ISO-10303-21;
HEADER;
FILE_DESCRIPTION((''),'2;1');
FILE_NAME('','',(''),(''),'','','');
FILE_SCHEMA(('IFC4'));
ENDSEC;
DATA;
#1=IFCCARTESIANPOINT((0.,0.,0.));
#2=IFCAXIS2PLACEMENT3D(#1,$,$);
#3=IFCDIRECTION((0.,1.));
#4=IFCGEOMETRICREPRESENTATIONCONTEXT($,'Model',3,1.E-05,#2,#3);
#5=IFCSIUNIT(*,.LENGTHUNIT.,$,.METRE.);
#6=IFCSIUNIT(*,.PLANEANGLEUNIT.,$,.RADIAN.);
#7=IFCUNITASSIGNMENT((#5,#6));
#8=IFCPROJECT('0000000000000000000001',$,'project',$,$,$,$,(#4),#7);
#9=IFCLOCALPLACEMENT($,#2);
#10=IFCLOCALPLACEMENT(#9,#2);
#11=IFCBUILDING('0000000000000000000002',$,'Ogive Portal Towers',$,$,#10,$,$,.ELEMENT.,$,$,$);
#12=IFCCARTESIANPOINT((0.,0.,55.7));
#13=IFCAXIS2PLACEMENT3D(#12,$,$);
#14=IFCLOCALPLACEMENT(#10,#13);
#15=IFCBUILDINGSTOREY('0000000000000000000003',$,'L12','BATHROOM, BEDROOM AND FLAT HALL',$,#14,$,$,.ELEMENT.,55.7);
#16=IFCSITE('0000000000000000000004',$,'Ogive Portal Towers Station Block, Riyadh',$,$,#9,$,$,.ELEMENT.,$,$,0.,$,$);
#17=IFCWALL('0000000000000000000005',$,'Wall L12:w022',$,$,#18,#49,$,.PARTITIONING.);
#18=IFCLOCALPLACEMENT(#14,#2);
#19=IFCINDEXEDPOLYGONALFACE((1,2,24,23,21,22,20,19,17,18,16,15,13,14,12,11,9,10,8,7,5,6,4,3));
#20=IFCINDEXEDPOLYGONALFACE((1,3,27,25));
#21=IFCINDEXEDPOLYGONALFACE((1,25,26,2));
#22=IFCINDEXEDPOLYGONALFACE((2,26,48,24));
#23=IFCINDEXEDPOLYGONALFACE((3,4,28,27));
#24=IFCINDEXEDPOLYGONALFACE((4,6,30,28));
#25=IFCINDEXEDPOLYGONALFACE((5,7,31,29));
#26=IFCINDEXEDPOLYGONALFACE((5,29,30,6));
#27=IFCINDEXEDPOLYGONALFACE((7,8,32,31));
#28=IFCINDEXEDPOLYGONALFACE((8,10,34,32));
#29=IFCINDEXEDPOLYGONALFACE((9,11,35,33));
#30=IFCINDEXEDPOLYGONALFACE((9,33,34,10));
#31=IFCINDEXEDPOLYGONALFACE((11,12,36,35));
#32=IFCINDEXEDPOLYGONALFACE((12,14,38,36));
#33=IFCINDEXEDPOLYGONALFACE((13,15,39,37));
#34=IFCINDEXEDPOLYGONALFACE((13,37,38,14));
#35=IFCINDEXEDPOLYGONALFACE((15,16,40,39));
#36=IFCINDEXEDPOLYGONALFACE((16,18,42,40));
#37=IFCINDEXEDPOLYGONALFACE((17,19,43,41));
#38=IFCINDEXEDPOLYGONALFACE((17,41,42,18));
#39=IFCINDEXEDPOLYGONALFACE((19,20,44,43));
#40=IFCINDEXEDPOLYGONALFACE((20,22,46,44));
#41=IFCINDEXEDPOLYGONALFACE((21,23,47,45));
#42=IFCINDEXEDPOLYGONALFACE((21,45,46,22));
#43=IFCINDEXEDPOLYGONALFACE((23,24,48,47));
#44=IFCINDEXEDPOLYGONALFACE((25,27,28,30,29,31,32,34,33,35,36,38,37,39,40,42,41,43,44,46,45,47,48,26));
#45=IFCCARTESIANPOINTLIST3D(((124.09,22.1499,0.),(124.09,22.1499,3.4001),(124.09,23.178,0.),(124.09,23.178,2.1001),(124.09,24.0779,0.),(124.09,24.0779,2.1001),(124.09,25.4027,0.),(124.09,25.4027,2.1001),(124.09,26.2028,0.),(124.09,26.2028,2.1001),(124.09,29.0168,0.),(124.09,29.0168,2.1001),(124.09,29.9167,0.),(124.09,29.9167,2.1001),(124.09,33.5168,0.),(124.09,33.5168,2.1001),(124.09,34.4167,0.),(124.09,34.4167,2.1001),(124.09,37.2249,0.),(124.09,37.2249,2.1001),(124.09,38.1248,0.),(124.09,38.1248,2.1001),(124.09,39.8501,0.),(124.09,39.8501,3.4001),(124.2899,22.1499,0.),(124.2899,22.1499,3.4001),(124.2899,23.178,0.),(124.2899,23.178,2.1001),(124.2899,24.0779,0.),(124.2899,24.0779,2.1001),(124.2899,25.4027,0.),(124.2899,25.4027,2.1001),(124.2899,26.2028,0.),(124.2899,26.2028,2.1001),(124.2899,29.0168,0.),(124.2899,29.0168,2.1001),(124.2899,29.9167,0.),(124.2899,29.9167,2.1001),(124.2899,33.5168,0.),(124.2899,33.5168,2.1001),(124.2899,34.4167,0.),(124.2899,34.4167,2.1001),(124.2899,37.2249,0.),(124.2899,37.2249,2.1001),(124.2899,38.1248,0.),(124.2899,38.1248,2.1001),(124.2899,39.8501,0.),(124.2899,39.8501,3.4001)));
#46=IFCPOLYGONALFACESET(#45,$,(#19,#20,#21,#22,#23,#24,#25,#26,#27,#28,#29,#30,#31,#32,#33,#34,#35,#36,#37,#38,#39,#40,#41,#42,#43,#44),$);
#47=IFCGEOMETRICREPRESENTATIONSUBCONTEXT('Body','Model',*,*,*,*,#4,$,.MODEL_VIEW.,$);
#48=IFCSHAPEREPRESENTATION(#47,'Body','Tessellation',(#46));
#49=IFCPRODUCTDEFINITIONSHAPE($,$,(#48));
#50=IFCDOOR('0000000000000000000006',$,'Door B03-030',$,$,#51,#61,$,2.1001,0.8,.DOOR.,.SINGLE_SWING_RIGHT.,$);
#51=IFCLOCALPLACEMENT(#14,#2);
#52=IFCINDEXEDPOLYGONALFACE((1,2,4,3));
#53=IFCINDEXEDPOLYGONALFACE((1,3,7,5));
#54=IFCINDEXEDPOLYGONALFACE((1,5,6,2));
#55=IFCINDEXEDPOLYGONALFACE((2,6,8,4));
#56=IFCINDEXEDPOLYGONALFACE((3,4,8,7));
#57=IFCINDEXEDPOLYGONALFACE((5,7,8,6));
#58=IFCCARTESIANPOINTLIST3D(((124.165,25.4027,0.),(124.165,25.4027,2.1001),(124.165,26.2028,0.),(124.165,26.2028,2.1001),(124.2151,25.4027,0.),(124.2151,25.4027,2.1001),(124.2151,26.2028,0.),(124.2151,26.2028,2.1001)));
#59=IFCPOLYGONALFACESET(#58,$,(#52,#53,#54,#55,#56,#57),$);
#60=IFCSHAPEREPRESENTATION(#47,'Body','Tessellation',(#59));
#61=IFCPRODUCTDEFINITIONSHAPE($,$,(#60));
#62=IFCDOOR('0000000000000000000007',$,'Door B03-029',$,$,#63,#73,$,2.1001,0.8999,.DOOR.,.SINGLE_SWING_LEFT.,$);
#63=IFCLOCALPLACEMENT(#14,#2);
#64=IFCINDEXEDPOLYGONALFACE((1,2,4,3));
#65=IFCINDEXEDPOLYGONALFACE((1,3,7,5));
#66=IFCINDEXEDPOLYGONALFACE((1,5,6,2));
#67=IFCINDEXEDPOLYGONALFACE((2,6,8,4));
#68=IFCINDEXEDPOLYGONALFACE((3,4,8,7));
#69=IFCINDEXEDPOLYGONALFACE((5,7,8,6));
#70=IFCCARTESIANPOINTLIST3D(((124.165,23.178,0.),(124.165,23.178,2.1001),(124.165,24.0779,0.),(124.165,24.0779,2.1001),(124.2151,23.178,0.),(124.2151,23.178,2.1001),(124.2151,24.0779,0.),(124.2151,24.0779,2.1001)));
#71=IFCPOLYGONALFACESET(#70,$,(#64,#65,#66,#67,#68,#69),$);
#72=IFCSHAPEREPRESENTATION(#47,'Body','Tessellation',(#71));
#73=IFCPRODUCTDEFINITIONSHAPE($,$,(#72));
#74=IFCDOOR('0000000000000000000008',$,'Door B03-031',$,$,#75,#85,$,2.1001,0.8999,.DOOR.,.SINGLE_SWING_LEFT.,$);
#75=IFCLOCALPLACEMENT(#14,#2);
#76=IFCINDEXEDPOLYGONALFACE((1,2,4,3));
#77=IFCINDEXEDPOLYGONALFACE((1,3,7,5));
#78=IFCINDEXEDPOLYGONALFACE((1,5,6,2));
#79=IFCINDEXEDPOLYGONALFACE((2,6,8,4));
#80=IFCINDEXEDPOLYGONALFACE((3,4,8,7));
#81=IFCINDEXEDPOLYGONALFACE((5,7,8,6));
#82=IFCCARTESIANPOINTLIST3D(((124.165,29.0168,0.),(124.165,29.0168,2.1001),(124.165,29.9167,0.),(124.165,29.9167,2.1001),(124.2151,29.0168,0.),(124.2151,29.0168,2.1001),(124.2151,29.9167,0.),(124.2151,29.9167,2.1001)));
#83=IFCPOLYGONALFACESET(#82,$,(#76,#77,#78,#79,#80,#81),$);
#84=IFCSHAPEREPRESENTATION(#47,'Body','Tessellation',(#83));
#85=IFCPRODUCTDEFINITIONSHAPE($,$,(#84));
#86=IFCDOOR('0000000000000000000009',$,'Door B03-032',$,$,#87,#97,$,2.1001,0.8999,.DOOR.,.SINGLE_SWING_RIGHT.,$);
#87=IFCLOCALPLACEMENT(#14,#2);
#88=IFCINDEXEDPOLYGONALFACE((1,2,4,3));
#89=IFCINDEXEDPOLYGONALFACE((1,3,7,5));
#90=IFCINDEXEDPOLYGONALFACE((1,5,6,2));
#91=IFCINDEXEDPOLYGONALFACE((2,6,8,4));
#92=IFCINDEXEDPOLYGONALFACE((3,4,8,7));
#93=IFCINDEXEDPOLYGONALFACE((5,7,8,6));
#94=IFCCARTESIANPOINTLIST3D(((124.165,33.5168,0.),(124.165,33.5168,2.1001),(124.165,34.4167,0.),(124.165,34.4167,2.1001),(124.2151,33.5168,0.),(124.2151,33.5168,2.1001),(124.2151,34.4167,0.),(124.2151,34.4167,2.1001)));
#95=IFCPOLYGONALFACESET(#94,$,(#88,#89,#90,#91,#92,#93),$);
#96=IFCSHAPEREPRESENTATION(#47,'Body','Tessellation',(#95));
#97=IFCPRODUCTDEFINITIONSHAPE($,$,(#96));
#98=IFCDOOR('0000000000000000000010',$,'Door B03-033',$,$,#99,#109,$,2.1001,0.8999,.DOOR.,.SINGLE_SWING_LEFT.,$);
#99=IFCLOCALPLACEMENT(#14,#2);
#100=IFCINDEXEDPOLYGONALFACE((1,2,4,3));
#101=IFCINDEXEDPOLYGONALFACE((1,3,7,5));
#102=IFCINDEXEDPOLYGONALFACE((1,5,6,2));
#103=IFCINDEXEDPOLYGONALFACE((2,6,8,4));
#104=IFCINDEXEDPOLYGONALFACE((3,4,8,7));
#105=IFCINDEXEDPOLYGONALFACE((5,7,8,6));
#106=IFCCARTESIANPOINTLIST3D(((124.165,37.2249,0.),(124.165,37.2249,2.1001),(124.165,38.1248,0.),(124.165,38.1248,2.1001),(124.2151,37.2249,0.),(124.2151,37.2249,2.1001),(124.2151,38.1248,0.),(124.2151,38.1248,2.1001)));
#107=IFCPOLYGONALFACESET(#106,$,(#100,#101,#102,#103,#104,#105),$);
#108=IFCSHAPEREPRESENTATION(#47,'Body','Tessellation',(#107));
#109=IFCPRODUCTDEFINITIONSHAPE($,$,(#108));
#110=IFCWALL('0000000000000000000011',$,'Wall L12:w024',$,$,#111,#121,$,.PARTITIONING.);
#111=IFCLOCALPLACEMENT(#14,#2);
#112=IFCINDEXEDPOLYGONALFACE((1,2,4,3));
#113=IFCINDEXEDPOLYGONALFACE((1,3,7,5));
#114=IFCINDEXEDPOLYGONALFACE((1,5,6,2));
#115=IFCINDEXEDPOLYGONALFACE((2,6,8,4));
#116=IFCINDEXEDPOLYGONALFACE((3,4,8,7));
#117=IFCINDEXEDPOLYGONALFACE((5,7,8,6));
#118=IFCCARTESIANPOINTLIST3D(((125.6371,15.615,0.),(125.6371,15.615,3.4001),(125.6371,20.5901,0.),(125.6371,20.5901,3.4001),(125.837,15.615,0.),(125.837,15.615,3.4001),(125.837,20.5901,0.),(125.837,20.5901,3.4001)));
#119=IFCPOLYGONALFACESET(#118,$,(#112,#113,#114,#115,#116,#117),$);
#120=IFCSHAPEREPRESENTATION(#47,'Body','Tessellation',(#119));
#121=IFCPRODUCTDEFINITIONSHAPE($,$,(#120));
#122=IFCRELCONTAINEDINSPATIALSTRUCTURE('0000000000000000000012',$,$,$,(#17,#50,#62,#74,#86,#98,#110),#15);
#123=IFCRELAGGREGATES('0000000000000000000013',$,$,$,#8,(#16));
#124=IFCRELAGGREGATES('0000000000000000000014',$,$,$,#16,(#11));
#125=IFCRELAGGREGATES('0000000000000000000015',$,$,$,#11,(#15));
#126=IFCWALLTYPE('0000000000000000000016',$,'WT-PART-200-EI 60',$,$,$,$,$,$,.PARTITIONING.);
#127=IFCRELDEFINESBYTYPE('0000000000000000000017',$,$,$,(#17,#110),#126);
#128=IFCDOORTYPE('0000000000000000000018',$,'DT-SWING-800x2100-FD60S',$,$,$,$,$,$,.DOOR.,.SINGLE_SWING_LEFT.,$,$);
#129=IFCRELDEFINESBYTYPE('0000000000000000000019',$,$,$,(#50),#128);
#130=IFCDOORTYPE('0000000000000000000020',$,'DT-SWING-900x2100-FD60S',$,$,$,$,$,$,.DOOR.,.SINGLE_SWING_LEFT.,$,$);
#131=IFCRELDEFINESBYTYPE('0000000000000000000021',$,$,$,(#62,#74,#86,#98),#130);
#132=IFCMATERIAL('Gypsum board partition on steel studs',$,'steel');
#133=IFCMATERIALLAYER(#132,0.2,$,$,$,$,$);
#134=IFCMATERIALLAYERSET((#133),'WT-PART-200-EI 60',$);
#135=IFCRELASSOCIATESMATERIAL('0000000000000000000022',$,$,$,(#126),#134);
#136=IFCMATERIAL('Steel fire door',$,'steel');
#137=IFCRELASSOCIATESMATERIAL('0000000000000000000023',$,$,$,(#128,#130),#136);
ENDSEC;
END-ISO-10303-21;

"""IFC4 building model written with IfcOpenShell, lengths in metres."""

from ifc_helpers import new_model, si_unit, direction, frame, frame_2d, origin, place, context, subcontext, project, spatial, rectangle, extrude, material, layer, layer_set, type_object, element, fill, save


model = new_model("IFC4")

# Units and contexts
model_context = context("Model", 3, precision=1e-05, world=origin(), true_north=direction((0.0, 1.0)))
body_context = subcontext(model_context, "Body", "Model", "MODEL_VIEW")
ifc_project = project(units=[si_unit("LENGTHUNIT", "METRE"), si_unit("PLANEANGLEUNIT", "RADIAN")], contexts=[model_context])

# Site, building, storey
site_placement = place(None, origin())
site = spatial("IfcSite", under=ifc_project, at=site_placement, Name="Ogive Portal Towers Station Block, Riyadh", CompositionType="ELEMENT", RefElevation=0.0)
building_placement = place(site_placement, origin())
building = spatial("IfcBuilding", under=site, at=building_placement, Name="Ogive Portal Towers", CompositionType="ELEMENT")
storey_placement = place(building_placement, frame((0.0, 0.0, 55.7)))
storey = spatial("IfcBuildingStorey", under=building, at=storey_placement, Name="L12", Description="BATHROOM, BEDROOM AND FLAT HALL", CompositionType="ELEMENT", Elevation=55.7)

# Shared definitions
ifc_material_1 = material(Name="Steel fire door", Category="steel")

# Wall, openings, doors
ifc_material_2 = material(Name="Gypsum board partition on steel studs", Category="steel")
ifc_layer_1 = layer(ifc_material_2, 0.2)
ifc_layer_set_1 = layer_set([ifc_layer_1], Name="WT-PART-200-EI 60")
wall_type_1 = type_object("IfcWallType", Name="WT-PART-200-EI 60", PredefinedType="PARTITIONING", material=ifc_layer_set_1)
wall_1_placement = place(storey_placement, frame((124.1899, 22.1499, 0.0), z_axis=(0.0, 0.0, 1.0), x_axis=(0.0, 1.0, 0.0)))
wall_1 = element("IfcWall", 1, at=wall_1_placement, inside=storey, type_object=wall_type_1, Name="Wall L12:w022", PredefinedType="PARTITIONING", context=body_context, shape_type="SweptSolid", body=[
    extrude(rectangle(XDim=17.7002, YDim=0.2, at=frame_2d((8.8501, 0.0))), origin(), (0.0, 0.0, 1.0), 3.4001),
])
opening_1_placement = place(wall_1_placement, frame((1.0281, 0.0, 0.0)))
opening_1 = element("IfcOpeningElement", 2, at=opening_1_placement, cuts=wall_1, PredefinedType="OPENING", context=body_context, shape_type="SweptSolid", body=[
    extrude(rectangle(XDim=0.8999, YDim=2.1001, at=frame_2d((0.45, 1.05))), frame((0.0, 0.1099, 0.0), z_axis=(0.0, -1.0, 0.0), x_axis=(1.0, 0.0, 0.0)), (0.0, 0.0, 1.0), 0.22),
])
opening_2_placement = place(wall_1_placement, frame((3.2529, 0.0, 0.0)))
opening_2 = element("IfcOpeningElement", 3, at=opening_2_placement, cuts=wall_1, PredefinedType="OPENING", context=body_context, shape_type="SweptSolid", body=[
    extrude(rectangle(XDim=0.8, YDim=2.1001, at=frame_2d((0.3999, 1.05))), frame((0.0, 0.1099, 0.0), z_axis=(0.0, -1.0, 0.0), x_axis=(1.0, 0.0, 0.0)), (0.0, 0.0, 1.0), 0.22),
])
opening_3_placement = place(wall_1_placement, frame((6.8669, 0.0, 0.0)))
opening_3 = element("IfcOpeningElement", 4, at=opening_3_placement, cuts=wall_1, PredefinedType="OPENING", context=body_context, shape_type="SweptSolid", body=[
    extrude(rectangle(XDim=0.8999, YDim=2.1001, at=frame_2d((0.45, 1.05))), frame((0.0, 0.1099, 0.0), z_axis=(0.0, -1.0, 0.0), x_axis=(1.0, 0.0, 0.0)), (0.0, 0.0, 1.0), 0.22),
])
opening_4_placement = place(wall_1_placement, frame((11.3669, 0.0, 0.0)))
opening_4 = element("IfcOpeningElement", 5, at=opening_4_placement, cuts=wall_1, PredefinedType="OPENING", context=body_context, shape_type="SweptSolid", body=[
    extrude(rectangle(XDim=0.8999, YDim=2.1001, at=frame_2d((0.45, 1.05))), frame((0.0, 0.1099, 0.0), z_axis=(0.0, -1.0, 0.0), x_axis=(1.0, 0.0, 0.0)), (0.0, 0.0, 1.0), 0.22),
])
opening_5_placement = place(wall_1_placement, frame((15.075, 0.0, 0.0)))
opening_5 = element("IfcOpeningElement", 6, at=opening_5_placement, cuts=wall_1, PredefinedType="OPENING", context=body_context, shape_type="SweptSolid", body=[
    extrude(rectangle(XDim=0.8999, YDim=2.1001, at=frame_2d((0.45, 1.05))), frame((0.0, 0.1099, 0.0), z_axis=(0.0, -1.0, 0.0), x_axis=(1.0, 0.0, 0.0)), (0.0, 0.0, 1.0), 0.22),
])
door_type_1 = type_object("IfcDoorType", Name="DT-SWING-800x2100-FD60S", OperationType="SINGLE_SWING_LEFT", PredefinedType="DOOR", material=ifc_material_1)
door_1_placement = place(opening_2_placement, origin())
door_1 = element("IfcDoor", 7, at=door_1_placement, inside=storey, type_object=door_type_1, Name="Door B03-030", OperationType="SINGLE_SWING_RIGHT", OverallHeight=2.1001, OverallWidth=0.8, PredefinedType="DOOR", context=body_context, shape_type="SweptSolid", body=[
    extrude(rectangle(XDim=0.8, YDim=2.1001, at=frame_2d((0.3999, 1.05))), frame((0.0, 0.0249, 0.0), z_axis=(0.0, -1.0, 0.0), x_axis=(1.0, 0.0, 0.0)), (0.0, 0.0, 1.0), 0.05),
])
fill(opening_2, door_1)
door_type_2 = type_object("IfcDoorType", Name="DT-SWING-900x2100-FD60S", OperationType="SINGLE_SWING_LEFT", PredefinedType="DOOR", material=ifc_material_1)
door_2_placement = place(opening_1_placement, origin())
door_2 = element("IfcDoor", 8, at=door_2_placement, inside=storey, type_object=door_type_2, Name="Door B03-029", OperationType="SINGLE_SWING_LEFT", OverallHeight=2.1001, OverallWidth=0.8999, PredefinedType="DOOR", context=body_context, shape_type="SweptSolid", body=[
    extrude(rectangle(XDim=0.8999, YDim=2.1001, at=frame_2d((0.45, 1.05))), frame((0.0, 0.0249, 0.0), z_axis=(0.0, -1.0, 0.0), x_axis=(1.0, 0.0, 0.0)), (0.0, 0.0, 1.0), 0.05),
])
fill(opening_1, door_2)
door_3_placement = place(opening_3_placement, origin())
door_3 = element("IfcDoor", 9, at=door_3_placement, inside=storey, type_object=door_type_2, Name="Door B03-031", OperationType="SINGLE_SWING_LEFT", OverallHeight=2.1001, OverallWidth=0.8999, PredefinedType="DOOR", context=body_context, shape_type="SweptSolid", body=[
    extrude(rectangle(XDim=0.8999, YDim=2.1001, at=frame_2d((0.45, 1.05))), frame((0.0, 0.0249, 0.0), z_axis=(0.0, -1.0, 0.0), x_axis=(1.0, 0.0, 0.0)), (0.0, 0.0, 1.0), 0.05),
])
fill(opening_3, door_3)
door_4_placement = place(opening_4_placement, origin())
door_4 = element("IfcDoor", 10, at=door_4_placement, inside=storey, type_object=door_type_2, Name="Door B03-032", OperationType="SINGLE_SWING_RIGHT", OverallHeight=2.1001, OverallWidth=0.8999, PredefinedType="DOOR", context=body_context, shape_type="SweptSolid", body=[
    extrude(rectangle(XDim=0.8999, YDim=2.1001, at=frame_2d((0.45, 1.05))), frame((0.0, 0.0249, 0.0), z_axis=(0.0, -1.0, 0.0), x_axis=(1.0, 0.0, 0.0)), (0.0, 0.0, 1.0), 0.05),
])
fill(opening_4, door_4)
door_5_placement = place(opening_5_placement, origin())
door_5 = element("IfcDoor", 11, at=door_5_placement, inside=storey, type_object=door_type_2, Name="Door B03-033", OperationType="SINGLE_SWING_LEFT", OverallHeight=2.1001, OverallWidth=0.8999, PredefinedType="DOOR", context=body_context, shape_type="SweptSolid", body=[
    extrude(rectangle(XDim=0.8999, YDim=2.1001, at=frame_2d((0.45, 1.05))), frame((0.0, 0.0249, 0.0), z_axis=(0.0, -1.0, 0.0), x_axis=(1.0, 0.0, 0.0)), (0.0, 0.0, 1.0), 0.05),
])
fill(opening_5, door_5)

# Wall
wall_2_placement = place(storey_placement, frame((125.7371, 15.615, 0.0), z_axis=(0.0, 0.0, 1.0), x_axis=(0.0, 1.0, 0.0)))
element("IfcWall", 12, at=wall_2_placement, inside=storey, type_object=wall_type_1, Name="Wall L12:w024", PredefinedType="PARTITIONING", context=body_context, shape_type="SweptSolid", body=[
    extrude(rectangle(XDim=4.9751, YDim=0.2, at=frame_2d((2.4875, 0.0))), origin(), (0.0, 0.0, 1.0), 3.4001),
])

save(model, "model.ifc")
